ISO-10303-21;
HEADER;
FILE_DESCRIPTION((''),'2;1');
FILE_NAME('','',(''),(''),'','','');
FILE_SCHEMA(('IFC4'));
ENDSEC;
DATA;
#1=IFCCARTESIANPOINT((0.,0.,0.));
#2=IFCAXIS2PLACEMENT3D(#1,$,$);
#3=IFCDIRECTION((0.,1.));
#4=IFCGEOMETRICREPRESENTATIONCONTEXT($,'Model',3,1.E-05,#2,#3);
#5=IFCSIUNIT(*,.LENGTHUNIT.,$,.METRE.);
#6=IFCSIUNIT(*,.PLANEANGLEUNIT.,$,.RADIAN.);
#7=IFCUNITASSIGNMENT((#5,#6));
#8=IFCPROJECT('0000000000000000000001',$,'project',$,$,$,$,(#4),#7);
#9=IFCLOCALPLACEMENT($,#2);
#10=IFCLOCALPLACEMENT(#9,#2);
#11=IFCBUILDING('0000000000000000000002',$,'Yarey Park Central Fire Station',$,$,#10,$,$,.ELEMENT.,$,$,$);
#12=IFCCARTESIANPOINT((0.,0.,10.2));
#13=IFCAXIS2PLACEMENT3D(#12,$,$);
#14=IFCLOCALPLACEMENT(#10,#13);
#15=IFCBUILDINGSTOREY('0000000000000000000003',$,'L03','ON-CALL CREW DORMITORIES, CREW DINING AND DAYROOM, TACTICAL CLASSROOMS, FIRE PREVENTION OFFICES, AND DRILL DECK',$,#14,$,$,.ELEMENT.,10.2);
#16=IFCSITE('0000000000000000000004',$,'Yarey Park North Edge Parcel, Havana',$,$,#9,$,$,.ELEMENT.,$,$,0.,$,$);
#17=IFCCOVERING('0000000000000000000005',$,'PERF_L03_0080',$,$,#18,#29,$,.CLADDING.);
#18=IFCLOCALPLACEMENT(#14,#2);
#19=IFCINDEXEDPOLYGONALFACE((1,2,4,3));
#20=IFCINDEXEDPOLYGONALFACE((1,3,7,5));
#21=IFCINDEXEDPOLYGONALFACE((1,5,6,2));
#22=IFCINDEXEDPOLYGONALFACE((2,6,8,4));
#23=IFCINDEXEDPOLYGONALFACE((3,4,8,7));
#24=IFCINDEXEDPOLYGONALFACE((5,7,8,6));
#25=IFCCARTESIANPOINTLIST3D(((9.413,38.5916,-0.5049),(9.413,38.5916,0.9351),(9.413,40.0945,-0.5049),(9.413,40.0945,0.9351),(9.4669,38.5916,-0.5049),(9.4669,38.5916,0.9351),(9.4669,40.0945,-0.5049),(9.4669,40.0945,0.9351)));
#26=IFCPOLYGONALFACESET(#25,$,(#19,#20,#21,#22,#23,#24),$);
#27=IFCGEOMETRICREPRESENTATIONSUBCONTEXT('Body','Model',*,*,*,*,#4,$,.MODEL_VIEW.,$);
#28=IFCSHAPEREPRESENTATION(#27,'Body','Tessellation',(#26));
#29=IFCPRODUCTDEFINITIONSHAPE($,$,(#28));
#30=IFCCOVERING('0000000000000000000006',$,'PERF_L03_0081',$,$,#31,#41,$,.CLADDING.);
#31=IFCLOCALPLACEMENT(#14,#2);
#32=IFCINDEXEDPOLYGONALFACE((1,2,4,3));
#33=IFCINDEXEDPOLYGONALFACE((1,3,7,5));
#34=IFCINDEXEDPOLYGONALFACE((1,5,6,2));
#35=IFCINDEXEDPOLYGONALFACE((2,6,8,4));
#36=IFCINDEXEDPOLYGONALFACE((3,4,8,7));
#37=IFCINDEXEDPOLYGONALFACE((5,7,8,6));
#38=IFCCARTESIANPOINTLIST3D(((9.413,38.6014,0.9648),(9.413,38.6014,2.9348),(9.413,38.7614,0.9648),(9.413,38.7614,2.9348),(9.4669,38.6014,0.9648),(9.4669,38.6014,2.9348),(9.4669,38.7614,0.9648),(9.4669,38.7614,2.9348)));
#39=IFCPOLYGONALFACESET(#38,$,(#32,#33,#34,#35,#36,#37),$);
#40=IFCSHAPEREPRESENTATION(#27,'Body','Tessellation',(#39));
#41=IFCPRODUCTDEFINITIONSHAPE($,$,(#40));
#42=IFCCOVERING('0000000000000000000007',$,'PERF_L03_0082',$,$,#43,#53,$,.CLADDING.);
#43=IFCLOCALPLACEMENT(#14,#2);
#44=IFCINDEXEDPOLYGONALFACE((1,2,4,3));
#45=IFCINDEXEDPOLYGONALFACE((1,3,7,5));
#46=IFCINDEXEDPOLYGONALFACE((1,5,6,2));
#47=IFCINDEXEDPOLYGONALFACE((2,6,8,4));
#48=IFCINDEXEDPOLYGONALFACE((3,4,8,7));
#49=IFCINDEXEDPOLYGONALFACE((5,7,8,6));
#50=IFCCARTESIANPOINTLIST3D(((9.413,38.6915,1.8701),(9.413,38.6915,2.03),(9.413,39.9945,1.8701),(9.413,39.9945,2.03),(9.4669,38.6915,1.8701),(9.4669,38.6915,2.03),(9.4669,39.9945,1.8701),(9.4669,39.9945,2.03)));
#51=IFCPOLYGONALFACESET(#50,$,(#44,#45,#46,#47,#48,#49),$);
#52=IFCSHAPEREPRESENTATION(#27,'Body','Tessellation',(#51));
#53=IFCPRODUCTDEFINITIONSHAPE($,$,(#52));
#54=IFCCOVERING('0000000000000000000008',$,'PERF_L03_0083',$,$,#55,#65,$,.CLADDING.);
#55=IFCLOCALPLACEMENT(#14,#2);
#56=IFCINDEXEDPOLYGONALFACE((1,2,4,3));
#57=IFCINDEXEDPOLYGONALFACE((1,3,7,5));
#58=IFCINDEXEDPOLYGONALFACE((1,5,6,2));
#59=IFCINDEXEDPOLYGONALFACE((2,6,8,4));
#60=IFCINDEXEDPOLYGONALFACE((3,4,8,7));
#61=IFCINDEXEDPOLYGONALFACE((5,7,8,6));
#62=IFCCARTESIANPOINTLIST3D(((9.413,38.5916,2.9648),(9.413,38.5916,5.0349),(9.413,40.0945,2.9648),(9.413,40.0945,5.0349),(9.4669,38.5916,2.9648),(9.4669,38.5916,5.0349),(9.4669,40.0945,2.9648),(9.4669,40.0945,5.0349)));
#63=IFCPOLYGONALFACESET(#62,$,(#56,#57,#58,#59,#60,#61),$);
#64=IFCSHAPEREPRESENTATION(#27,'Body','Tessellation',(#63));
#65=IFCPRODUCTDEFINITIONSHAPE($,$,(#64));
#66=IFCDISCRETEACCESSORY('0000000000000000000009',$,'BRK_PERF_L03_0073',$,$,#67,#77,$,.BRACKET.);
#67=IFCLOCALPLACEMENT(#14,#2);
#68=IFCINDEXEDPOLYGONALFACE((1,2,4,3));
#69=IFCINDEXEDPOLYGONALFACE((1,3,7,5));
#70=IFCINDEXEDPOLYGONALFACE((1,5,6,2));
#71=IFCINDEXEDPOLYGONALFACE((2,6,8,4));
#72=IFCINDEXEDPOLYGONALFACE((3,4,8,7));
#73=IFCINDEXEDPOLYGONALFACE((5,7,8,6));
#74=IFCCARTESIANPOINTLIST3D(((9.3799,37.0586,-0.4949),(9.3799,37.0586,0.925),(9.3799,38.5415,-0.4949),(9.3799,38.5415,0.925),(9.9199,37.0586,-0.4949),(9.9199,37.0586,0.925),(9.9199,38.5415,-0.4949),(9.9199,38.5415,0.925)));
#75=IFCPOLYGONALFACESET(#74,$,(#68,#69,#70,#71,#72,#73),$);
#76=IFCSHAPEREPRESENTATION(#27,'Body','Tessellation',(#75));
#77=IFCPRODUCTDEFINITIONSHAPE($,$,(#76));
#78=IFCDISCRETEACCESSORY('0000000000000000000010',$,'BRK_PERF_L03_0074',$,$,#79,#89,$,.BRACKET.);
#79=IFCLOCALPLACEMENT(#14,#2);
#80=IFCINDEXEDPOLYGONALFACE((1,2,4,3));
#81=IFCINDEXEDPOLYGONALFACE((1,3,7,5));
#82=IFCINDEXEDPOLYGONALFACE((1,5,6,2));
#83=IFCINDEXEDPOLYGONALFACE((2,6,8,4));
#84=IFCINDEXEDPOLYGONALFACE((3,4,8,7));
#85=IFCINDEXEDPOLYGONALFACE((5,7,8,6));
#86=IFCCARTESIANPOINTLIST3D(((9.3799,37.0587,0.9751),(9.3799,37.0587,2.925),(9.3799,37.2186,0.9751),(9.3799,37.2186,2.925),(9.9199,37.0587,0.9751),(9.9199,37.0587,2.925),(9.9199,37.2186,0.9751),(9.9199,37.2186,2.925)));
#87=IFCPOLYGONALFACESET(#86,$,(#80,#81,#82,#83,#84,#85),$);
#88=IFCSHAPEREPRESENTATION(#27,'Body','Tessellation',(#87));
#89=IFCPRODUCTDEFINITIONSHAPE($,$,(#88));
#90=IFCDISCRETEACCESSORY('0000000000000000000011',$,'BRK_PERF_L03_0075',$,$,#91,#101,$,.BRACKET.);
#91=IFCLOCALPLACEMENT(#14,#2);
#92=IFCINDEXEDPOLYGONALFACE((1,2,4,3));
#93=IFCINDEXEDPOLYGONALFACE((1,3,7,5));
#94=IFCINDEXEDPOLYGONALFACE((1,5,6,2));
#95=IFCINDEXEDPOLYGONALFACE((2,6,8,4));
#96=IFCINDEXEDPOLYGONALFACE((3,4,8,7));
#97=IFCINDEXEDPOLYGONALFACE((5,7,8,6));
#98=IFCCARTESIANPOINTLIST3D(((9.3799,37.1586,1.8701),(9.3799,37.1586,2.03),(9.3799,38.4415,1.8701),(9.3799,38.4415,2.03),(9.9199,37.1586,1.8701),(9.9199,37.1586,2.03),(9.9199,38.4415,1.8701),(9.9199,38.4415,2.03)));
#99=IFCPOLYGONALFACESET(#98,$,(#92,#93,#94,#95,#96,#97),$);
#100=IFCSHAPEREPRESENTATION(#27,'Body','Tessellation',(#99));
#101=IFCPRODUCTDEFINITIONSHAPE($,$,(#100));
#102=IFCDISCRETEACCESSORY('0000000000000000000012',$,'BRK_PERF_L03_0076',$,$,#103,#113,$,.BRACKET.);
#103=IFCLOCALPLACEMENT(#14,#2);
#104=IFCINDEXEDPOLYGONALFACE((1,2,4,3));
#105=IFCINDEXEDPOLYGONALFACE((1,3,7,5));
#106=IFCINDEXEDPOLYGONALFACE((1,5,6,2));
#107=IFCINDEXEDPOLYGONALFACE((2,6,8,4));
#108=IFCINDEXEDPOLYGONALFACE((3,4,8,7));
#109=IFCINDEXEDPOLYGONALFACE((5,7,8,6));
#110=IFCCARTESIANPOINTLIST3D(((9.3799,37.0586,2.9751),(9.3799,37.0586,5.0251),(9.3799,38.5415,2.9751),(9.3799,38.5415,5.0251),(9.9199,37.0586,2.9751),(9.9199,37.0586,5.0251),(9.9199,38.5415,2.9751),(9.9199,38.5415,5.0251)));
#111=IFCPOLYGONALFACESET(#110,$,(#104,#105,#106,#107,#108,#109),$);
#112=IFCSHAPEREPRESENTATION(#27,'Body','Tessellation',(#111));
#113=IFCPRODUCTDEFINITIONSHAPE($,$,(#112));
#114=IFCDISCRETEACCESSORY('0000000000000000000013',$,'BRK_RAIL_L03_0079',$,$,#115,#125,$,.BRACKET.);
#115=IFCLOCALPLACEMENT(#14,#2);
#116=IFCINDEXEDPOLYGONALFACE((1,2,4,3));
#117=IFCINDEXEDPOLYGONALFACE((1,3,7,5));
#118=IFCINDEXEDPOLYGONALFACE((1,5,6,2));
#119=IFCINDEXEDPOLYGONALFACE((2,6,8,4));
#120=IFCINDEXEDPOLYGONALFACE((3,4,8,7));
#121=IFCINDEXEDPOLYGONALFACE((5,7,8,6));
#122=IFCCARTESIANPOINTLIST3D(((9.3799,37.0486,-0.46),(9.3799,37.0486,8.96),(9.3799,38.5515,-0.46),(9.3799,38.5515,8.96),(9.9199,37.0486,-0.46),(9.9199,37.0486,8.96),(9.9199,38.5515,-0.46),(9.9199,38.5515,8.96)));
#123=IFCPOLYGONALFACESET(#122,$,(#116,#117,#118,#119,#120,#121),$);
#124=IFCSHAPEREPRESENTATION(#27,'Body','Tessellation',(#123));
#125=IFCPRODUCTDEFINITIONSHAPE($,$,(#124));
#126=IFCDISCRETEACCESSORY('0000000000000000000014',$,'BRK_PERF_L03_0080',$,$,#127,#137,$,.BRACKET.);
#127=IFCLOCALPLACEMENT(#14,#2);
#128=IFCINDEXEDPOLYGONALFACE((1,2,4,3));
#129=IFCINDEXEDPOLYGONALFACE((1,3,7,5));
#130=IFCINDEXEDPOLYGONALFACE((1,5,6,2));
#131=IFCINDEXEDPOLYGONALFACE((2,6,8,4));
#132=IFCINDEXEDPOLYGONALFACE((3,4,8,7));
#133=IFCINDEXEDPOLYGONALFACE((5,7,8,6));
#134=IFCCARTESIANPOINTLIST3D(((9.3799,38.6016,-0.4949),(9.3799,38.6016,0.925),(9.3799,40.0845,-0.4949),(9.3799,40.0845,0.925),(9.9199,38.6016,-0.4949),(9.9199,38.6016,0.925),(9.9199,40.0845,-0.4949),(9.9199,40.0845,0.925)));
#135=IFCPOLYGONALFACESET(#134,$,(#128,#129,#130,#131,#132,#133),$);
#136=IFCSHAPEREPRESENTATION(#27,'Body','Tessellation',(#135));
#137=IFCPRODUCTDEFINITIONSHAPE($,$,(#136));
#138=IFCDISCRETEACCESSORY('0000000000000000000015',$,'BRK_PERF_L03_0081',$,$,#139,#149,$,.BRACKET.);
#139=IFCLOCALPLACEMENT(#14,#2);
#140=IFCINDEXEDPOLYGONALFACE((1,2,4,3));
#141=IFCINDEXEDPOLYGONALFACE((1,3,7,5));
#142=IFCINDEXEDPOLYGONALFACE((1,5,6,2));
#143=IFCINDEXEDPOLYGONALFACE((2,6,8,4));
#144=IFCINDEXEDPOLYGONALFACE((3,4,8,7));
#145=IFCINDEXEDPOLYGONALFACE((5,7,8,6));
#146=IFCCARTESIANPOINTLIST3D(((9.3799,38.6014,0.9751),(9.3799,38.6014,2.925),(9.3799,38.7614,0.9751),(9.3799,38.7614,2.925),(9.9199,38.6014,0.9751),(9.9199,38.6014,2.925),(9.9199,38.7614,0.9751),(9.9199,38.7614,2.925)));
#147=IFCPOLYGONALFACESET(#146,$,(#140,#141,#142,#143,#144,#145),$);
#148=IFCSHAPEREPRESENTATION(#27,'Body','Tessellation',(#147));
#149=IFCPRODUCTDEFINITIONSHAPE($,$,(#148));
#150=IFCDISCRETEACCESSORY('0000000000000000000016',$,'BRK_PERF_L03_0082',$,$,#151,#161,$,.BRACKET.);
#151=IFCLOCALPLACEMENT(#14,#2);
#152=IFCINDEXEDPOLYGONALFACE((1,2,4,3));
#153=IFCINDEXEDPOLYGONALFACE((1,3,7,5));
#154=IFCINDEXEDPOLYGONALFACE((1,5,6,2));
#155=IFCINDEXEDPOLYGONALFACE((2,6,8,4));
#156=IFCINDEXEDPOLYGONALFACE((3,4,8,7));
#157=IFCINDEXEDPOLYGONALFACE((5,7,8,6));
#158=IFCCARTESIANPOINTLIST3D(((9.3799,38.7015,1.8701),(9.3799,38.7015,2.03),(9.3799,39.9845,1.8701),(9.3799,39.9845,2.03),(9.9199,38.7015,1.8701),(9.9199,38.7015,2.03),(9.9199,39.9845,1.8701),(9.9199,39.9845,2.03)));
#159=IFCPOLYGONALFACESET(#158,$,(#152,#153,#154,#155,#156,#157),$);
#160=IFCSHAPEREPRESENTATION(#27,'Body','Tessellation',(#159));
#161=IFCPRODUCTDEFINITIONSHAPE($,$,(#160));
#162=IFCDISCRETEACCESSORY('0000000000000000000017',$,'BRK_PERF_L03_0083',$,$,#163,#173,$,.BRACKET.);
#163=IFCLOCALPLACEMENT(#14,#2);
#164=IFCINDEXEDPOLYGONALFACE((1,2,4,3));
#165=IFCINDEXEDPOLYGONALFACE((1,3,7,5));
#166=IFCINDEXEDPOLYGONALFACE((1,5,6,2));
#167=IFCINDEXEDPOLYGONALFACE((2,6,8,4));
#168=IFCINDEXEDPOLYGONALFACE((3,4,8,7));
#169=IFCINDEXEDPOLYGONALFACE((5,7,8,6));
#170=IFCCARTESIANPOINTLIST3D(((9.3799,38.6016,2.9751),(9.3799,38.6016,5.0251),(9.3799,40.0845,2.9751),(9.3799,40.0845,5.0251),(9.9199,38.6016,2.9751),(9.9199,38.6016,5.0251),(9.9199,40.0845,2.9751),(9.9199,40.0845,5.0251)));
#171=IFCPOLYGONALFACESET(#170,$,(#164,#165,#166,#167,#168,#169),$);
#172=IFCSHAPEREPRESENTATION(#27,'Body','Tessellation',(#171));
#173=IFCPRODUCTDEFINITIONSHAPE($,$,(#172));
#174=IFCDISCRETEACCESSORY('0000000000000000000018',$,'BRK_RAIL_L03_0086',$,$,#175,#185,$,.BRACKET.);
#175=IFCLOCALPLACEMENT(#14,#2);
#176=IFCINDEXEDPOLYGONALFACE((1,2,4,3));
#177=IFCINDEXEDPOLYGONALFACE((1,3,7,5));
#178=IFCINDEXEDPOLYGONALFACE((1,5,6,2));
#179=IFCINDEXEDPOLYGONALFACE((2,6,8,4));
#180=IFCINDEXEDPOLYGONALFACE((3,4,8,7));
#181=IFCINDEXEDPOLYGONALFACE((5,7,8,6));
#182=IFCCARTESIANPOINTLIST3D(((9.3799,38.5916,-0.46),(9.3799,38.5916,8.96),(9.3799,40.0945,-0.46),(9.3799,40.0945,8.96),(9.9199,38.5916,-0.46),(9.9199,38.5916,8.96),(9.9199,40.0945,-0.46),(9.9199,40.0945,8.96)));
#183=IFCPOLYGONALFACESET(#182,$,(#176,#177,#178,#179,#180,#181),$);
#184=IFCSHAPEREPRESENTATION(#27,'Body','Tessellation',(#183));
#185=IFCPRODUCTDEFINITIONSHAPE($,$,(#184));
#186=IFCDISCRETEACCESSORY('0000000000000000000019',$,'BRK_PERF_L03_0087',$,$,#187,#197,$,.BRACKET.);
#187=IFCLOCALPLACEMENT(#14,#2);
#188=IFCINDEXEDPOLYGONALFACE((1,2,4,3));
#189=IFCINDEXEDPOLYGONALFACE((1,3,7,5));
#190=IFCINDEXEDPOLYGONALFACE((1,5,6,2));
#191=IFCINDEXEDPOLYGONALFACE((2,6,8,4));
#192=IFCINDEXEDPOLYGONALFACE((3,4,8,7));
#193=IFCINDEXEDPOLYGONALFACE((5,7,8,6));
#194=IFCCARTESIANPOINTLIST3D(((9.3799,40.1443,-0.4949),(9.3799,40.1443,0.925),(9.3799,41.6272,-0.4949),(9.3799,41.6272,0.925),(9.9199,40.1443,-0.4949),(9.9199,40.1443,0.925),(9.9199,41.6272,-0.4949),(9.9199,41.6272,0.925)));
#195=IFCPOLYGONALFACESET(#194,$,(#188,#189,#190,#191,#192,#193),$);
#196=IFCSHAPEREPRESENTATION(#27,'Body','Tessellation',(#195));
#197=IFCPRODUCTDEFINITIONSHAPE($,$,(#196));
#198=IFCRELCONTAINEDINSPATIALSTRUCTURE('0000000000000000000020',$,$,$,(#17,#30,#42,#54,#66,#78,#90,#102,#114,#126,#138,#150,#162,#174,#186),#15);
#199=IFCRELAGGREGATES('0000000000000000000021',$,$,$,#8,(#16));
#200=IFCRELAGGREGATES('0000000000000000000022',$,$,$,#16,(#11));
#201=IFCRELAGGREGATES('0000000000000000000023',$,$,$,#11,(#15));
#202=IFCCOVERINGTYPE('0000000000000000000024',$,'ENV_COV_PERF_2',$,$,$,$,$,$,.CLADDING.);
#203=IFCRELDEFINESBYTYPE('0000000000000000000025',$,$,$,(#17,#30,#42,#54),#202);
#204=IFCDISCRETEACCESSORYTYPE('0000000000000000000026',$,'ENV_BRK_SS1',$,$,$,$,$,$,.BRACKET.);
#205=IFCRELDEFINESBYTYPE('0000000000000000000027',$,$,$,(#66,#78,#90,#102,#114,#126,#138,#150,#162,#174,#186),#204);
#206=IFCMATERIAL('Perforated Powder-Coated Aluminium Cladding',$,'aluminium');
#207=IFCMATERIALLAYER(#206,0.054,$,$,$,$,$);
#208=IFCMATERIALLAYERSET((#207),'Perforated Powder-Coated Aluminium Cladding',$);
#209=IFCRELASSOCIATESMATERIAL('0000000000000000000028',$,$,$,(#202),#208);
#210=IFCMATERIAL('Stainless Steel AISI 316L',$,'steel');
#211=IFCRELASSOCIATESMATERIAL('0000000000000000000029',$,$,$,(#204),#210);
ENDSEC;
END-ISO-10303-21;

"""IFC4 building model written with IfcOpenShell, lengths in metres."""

from ifc_helpers import new_model, si_unit, direction, frame, origin, origin_2d, place, context, subcontext, project, spatial, rectangle, extrude, material, layer, layer_set, type_object, element, save


model = new_model("IFC4")

# Units and contexts
model_context = context("Model", 3, precision=1e-05, world=origin(), true_north=direction((0.0, 1.0)))
body_context = subcontext(model_context, "Body", "Model", "MODEL_VIEW")
ifc_project = project(units=[si_unit("LENGTHUNIT", "METRE"), si_unit("PLANEANGLEUNIT", "RADIAN")], contexts=[model_context])

# Site, building, storey
site_placement = place(None, origin())
site = spatial("IfcSite", under=ifc_project, at=site_placement, Name="Yarey Park North Edge Parcel, Havana", CompositionType="ELEMENT", RefElevation=0.0)
building_placement = place(site_placement, origin())
building = spatial("IfcBuilding", under=site, at=building_placement, Name="Yarey Park Central Fire Station", CompositionType="ELEMENT")
storey_placement = place(building_placement, frame((0.0, 0.0, 10.2)))
storey = spatial("IfcBuildingStorey", under=building, at=storey_placement, Name="L03", Description="ON-CALL CREW DORMITORIES, CREW DINING AND DAYROOM, TACTICAL CLASSROOMS, FIRE PREVENTION OFFICES, AND DRILL DECK", CompositionType="ELEMENT", Elevation=10.2)

# Coverings
ifc_material_1 = material(Name="Perforated Powder-Coated Aluminium Cladding", Category="aluminium")
ifc_layer_1 = layer(ifc_material_1, 0.054)
ifc_layer_set_1 = layer_set([ifc_layer_1], Name="Perforated Powder-Coated Aluminium Cladding")
covering_type_1 = type_object("IfcCoveringType", Name="ENV_COV_PERF_2", PredefinedType="CLADDING", material=ifc_layer_set_1)
covering_1_placement = place(storey_placement, frame((9.4399, 39.343, -0.5049), z_axis=(0.0, 0.0, 1.0), x_axis=(0.0, 1.0, 0.0)))
element("IfcCovering", 1, at=covering_1_placement, inside=storey, type_object=covering_type_1, Name="PERF_L03_0080", PredefinedType="CLADDING", context=body_context, shape_type="SweptSolid", body=[
    extrude(rectangle(XDim=1.5029, YDim=0.054, at=origin_2d()), origin(), (0.0, 0.0, 1.0), 1.4399),
])
covering_2_placement = place(storey_placement, frame((9.4399, 38.6814, 0.9648), z_axis=(0.0, 0.0, 1.0), x_axis=(0.0, 1.0, 0.0)))
element("IfcCovering", 2, at=covering_2_placement, inside=storey, type_object=covering_type_1, Name="PERF_L03_0081", PredefinedType="CLADDING", context=body_context, shape_type="SweptSolid", body=[
    extrude(rectangle(XDim=0.1599, YDim=0.054, at=origin_2d()), origin(), (0.0, 0.0, 1.0), 1.97),
])
covering_3_placement = place(storey_placement, frame((9.4399, 39.343, 1.8701), z_axis=(0.0, 0.0, 1.0), x_axis=(0.0, 1.0, 0.0)))
element("IfcCovering", 3, at=covering_3_placement, inside=storey, type_object=covering_type_1, Name="PERF_L03_0082", PredefinedType="CLADDING", context=body_context, shape_type="SweptSolid", body=[
    extrude(rectangle(XDim=1.303, YDim=0.054, at=origin_2d()), origin(), (0.0, 0.0, 1.0), 0.1599),
])
covering_4_placement = place(storey_placement, frame((9.4399, 39.343, 2.9648), z_axis=(0.0, 0.0, 1.0), x_axis=(0.0, 1.0, 0.0)))
element("IfcCovering", 4, at=covering_4_placement, inside=storey, type_object=covering_type_1, Name="PERF_L03_0083", PredefinedType="CLADDING", context=body_context, shape_type="SweptSolid", body=[
    extrude(rectangle(XDim=1.5029, YDim=0.054, at=origin_2d()), origin(), (0.0, 0.0, 1.0), 2.0701),
])

# Discrete accessories
ifc_material_2 = material(Name="Stainless Steel AISI 316L", Category="steel")
discrete_accessory_type = type_object("IfcDiscreteAccessoryType", Name="ENV_BRK_SS1", PredefinedType="BRACKET", material=ifc_material_2)
discrete_accessory_1_placement = place(storey_placement, frame((9.6499, 37.8, -0.4949), z_axis=(0.0, 0.0, 1.0), x_axis=(1.0, 0.0, 0.0)))
element("IfcDiscreteAccessory", 5, at=discrete_accessory_1_placement, inside=storey, type_object=discrete_accessory_type, Name="BRK_PERF_L03_0073", PredefinedType="BRACKET", context=body_context, shape_type="SweptSolid", body=[
    extrude(rectangle(XDim=0.54, YDim=1.4829, at=origin_2d()), origin(), (0.0, 0.0, 1.0), 1.4199),
])
discrete_accessory_2_placement = place(storey_placement, frame((9.6499, 37.1387, 0.9751), z_axis=(0.0, 0.0, 1.0), x_axis=(1.0, 0.0, 0.0)))
element("IfcDiscreteAccessory", 6, at=discrete_accessory_2_placement, inside=storey, type_object=discrete_accessory_type, Name="BRK_PERF_L03_0074", PredefinedType="BRACKET", context=body_context, shape_type="SweptSolid", body=[
    extrude(rectangle(XDim=0.54, YDim=0.1599, at=origin_2d()), origin(), (0.0, 0.0, 1.0), 1.95),
])
discrete_accessory_3_placement = place(storey_placement, frame((9.6499, 37.8, 1.8701), z_axis=(0.0, 0.0, 1.0), x_axis=(1.0, 0.0, 0.0)))
element("IfcDiscreteAccessory", 7, at=discrete_accessory_3_placement, inside=storey, type_object=discrete_accessory_type, Name="BRK_PERF_L03_0075", PredefinedType="BRACKET", context=body_context, shape_type="SweptSolid", body=[
    extrude(rectangle(XDim=0.54, YDim=1.283, at=origin_2d()), origin(), (0.0, 0.0, 1.0), 0.1599),
])
discrete_accessory_4_placement = place(storey_placement, frame((9.6499, 37.8, 2.9751), z_axis=(0.0, 0.0, 1.0), x_axis=(1.0, 0.0, 0.0)))
element("IfcDiscreteAccessory", 8, at=discrete_accessory_4_placement, inside=storey, type_object=discrete_accessory_type, Name="BRK_PERF_L03_0076", PredefinedType="BRACKET", context=body_context, shape_type="SweptSolid", body=[
    extrude(rectangle(XDim=0.54, YDim=1.4829, at=origin_2d()), origin(), (0.0, 0.0, 1.0), 2.05),
])
discrete_accessory_5_placement = place(storey_placement, frame((9.6499, 37.8, -0.46), z_axis=(0.0, 0.0, 1.0), x_axis=(1.0, 0.0, 0.0)))
element("IfcDiscreteAccessory", 9, at=discrete_accessory_5_placement, inside=storey, type_object=discrete_accessory_type, Name="BRK_RAIL_L03_0079", PredefinedType="BRACKET", context=body_context, shape_type="SweptSolid", body=[
    extrude(rectangle(XDim=0.54, YDim=1.5029, at=origin_2d()), origin(), (0.0, 0.0, 1.0), 9.4199),
])
discrete_accessory_6_placement = place(storey_placement, frame((9.6499, 39.343, -0.4949), z_axis=(0.0, 0.0, 1.0), x_axis=(1.0, 0.0, 0.0)))
element("IfcDiscreteAccessory", 10, at=discrete_accessory_6_placement, inside=storey, type_object=discrete_accessory_type, Name="BRK_PERF_L03_0080", PredefinedType="BRACKET", context=body_context, shape_type="SweptSolid", body=[
    extrude(rectangle(XDim=0.54, YDim=1.4829, at=origin_2d()), origin(), (0.0, 0.0, 1.0), 1.4199),
])
discrete_accessory_7_placement = place(storey_placement, frame((9.6499, 38.6814, 0.9751), z_axis=(0.0, 0.0, 1.0), x_axis=(1.0, 0.0, 0.0)))
element("IfcDiscreteAccessory", 11, at=discrete_accessory_7_placement, inside=storey, type_object=discrete_accessory_type, Name="BRK_PERF_L03_0081", PredefinedType="BRACKET", context=body_context, shape_type="SweptSolid", body=[
    extrude(rectangle(XDim=0.54, YDim=0.1599, at=origin_2d()), origin(), (0.0, 0.0, 1.0), 1.95),
])
discrete_accessory_8_placement = place(storey_placement, frame((9.6499, 39.343, 1.8701), z_axis=(0.0, 0.0, 1.0), x_axis=(1.0, 0.0, 0.0)))
element("IfcDiscreteAccessory", 12, at=discrete_accessory_8_placement, inside=storey, type_object=discrete_accessory_type, Name="BRK_PERF_L03_0082", PredefinedType="BRACKET", context=body_context, shape_type="SweptSolid", body=[
    extrude(rectangle(XDim=0.54, YDim=1.283, at=origin_2d()), origin(), (0.0, 0.0, 1.0), 0.1599),
])
discrete_accessory_9_placement = place(storey_placement, frame((9.6499, 39.343, 2.9751), z_axis=(0.0, 0.0, 1.0), x_axis=(1.0, 0.0, 0.0)))
element("IfcDiscreteAccessory", 13, at=discrete_accessory_9_placement, inside=storey, type_object=discrete_accessory_type, Name="BRK_PERF_L03_0083", PredefinedType="BRACKET", context=body_context, shape_type="SweptSolid", body=[
    extrude(rectangle(XDim=0.54, YDim=1.4829, at=origin_2d()), origin(), (0.0, 0.0, 1.0), 2.05),
])
discrete_accessory_10_placement = place(storey_placement, frame((9.6499, 39.343, -0.46), z_axis=(0.0, 0.0, 1.0), x_axis=(1.0, 0.0, 0.0)))
element("IfcDiscreteAccessory", 14, at=discrete_accessory_10_placement, inside=storey, type_object=discrete_accessory_type, Name="BRK_RAIL_L03_0086", PredefinedType="BRACKET", context=body_context, shape_type="SweptSolid", body=[
    extrude(rectangle(XDim=0.54, YDim=1.5029, at=origin_2d()), origin(), (0.0, 0.0, 1.0), 9.4199),
])
discrete_accessory_11_placement = place(storey_placement, frame((9.6499, 40.8857, -0.4949), z_axis=(0.0, 0.0, 1.0), x_axis=(1.0, 0.0, 0.0)))
element("IfcDiscreteAccessory", 15, at=discrete_accessory_11_placement, inside=storey, type_object=discrete_accessory_type, Name="BRK_PERF_L03_0087", PredefinedType="BRACKET", context=body_context, shape_type="SweptSolid", body=[
    extrude(rectangle(XDim=0.54, YDim=1.4829, at=origin_2d()), origin(), (0.0, 0.0, 1.0), 1.4199),
])

save(model, "model.ifc")
